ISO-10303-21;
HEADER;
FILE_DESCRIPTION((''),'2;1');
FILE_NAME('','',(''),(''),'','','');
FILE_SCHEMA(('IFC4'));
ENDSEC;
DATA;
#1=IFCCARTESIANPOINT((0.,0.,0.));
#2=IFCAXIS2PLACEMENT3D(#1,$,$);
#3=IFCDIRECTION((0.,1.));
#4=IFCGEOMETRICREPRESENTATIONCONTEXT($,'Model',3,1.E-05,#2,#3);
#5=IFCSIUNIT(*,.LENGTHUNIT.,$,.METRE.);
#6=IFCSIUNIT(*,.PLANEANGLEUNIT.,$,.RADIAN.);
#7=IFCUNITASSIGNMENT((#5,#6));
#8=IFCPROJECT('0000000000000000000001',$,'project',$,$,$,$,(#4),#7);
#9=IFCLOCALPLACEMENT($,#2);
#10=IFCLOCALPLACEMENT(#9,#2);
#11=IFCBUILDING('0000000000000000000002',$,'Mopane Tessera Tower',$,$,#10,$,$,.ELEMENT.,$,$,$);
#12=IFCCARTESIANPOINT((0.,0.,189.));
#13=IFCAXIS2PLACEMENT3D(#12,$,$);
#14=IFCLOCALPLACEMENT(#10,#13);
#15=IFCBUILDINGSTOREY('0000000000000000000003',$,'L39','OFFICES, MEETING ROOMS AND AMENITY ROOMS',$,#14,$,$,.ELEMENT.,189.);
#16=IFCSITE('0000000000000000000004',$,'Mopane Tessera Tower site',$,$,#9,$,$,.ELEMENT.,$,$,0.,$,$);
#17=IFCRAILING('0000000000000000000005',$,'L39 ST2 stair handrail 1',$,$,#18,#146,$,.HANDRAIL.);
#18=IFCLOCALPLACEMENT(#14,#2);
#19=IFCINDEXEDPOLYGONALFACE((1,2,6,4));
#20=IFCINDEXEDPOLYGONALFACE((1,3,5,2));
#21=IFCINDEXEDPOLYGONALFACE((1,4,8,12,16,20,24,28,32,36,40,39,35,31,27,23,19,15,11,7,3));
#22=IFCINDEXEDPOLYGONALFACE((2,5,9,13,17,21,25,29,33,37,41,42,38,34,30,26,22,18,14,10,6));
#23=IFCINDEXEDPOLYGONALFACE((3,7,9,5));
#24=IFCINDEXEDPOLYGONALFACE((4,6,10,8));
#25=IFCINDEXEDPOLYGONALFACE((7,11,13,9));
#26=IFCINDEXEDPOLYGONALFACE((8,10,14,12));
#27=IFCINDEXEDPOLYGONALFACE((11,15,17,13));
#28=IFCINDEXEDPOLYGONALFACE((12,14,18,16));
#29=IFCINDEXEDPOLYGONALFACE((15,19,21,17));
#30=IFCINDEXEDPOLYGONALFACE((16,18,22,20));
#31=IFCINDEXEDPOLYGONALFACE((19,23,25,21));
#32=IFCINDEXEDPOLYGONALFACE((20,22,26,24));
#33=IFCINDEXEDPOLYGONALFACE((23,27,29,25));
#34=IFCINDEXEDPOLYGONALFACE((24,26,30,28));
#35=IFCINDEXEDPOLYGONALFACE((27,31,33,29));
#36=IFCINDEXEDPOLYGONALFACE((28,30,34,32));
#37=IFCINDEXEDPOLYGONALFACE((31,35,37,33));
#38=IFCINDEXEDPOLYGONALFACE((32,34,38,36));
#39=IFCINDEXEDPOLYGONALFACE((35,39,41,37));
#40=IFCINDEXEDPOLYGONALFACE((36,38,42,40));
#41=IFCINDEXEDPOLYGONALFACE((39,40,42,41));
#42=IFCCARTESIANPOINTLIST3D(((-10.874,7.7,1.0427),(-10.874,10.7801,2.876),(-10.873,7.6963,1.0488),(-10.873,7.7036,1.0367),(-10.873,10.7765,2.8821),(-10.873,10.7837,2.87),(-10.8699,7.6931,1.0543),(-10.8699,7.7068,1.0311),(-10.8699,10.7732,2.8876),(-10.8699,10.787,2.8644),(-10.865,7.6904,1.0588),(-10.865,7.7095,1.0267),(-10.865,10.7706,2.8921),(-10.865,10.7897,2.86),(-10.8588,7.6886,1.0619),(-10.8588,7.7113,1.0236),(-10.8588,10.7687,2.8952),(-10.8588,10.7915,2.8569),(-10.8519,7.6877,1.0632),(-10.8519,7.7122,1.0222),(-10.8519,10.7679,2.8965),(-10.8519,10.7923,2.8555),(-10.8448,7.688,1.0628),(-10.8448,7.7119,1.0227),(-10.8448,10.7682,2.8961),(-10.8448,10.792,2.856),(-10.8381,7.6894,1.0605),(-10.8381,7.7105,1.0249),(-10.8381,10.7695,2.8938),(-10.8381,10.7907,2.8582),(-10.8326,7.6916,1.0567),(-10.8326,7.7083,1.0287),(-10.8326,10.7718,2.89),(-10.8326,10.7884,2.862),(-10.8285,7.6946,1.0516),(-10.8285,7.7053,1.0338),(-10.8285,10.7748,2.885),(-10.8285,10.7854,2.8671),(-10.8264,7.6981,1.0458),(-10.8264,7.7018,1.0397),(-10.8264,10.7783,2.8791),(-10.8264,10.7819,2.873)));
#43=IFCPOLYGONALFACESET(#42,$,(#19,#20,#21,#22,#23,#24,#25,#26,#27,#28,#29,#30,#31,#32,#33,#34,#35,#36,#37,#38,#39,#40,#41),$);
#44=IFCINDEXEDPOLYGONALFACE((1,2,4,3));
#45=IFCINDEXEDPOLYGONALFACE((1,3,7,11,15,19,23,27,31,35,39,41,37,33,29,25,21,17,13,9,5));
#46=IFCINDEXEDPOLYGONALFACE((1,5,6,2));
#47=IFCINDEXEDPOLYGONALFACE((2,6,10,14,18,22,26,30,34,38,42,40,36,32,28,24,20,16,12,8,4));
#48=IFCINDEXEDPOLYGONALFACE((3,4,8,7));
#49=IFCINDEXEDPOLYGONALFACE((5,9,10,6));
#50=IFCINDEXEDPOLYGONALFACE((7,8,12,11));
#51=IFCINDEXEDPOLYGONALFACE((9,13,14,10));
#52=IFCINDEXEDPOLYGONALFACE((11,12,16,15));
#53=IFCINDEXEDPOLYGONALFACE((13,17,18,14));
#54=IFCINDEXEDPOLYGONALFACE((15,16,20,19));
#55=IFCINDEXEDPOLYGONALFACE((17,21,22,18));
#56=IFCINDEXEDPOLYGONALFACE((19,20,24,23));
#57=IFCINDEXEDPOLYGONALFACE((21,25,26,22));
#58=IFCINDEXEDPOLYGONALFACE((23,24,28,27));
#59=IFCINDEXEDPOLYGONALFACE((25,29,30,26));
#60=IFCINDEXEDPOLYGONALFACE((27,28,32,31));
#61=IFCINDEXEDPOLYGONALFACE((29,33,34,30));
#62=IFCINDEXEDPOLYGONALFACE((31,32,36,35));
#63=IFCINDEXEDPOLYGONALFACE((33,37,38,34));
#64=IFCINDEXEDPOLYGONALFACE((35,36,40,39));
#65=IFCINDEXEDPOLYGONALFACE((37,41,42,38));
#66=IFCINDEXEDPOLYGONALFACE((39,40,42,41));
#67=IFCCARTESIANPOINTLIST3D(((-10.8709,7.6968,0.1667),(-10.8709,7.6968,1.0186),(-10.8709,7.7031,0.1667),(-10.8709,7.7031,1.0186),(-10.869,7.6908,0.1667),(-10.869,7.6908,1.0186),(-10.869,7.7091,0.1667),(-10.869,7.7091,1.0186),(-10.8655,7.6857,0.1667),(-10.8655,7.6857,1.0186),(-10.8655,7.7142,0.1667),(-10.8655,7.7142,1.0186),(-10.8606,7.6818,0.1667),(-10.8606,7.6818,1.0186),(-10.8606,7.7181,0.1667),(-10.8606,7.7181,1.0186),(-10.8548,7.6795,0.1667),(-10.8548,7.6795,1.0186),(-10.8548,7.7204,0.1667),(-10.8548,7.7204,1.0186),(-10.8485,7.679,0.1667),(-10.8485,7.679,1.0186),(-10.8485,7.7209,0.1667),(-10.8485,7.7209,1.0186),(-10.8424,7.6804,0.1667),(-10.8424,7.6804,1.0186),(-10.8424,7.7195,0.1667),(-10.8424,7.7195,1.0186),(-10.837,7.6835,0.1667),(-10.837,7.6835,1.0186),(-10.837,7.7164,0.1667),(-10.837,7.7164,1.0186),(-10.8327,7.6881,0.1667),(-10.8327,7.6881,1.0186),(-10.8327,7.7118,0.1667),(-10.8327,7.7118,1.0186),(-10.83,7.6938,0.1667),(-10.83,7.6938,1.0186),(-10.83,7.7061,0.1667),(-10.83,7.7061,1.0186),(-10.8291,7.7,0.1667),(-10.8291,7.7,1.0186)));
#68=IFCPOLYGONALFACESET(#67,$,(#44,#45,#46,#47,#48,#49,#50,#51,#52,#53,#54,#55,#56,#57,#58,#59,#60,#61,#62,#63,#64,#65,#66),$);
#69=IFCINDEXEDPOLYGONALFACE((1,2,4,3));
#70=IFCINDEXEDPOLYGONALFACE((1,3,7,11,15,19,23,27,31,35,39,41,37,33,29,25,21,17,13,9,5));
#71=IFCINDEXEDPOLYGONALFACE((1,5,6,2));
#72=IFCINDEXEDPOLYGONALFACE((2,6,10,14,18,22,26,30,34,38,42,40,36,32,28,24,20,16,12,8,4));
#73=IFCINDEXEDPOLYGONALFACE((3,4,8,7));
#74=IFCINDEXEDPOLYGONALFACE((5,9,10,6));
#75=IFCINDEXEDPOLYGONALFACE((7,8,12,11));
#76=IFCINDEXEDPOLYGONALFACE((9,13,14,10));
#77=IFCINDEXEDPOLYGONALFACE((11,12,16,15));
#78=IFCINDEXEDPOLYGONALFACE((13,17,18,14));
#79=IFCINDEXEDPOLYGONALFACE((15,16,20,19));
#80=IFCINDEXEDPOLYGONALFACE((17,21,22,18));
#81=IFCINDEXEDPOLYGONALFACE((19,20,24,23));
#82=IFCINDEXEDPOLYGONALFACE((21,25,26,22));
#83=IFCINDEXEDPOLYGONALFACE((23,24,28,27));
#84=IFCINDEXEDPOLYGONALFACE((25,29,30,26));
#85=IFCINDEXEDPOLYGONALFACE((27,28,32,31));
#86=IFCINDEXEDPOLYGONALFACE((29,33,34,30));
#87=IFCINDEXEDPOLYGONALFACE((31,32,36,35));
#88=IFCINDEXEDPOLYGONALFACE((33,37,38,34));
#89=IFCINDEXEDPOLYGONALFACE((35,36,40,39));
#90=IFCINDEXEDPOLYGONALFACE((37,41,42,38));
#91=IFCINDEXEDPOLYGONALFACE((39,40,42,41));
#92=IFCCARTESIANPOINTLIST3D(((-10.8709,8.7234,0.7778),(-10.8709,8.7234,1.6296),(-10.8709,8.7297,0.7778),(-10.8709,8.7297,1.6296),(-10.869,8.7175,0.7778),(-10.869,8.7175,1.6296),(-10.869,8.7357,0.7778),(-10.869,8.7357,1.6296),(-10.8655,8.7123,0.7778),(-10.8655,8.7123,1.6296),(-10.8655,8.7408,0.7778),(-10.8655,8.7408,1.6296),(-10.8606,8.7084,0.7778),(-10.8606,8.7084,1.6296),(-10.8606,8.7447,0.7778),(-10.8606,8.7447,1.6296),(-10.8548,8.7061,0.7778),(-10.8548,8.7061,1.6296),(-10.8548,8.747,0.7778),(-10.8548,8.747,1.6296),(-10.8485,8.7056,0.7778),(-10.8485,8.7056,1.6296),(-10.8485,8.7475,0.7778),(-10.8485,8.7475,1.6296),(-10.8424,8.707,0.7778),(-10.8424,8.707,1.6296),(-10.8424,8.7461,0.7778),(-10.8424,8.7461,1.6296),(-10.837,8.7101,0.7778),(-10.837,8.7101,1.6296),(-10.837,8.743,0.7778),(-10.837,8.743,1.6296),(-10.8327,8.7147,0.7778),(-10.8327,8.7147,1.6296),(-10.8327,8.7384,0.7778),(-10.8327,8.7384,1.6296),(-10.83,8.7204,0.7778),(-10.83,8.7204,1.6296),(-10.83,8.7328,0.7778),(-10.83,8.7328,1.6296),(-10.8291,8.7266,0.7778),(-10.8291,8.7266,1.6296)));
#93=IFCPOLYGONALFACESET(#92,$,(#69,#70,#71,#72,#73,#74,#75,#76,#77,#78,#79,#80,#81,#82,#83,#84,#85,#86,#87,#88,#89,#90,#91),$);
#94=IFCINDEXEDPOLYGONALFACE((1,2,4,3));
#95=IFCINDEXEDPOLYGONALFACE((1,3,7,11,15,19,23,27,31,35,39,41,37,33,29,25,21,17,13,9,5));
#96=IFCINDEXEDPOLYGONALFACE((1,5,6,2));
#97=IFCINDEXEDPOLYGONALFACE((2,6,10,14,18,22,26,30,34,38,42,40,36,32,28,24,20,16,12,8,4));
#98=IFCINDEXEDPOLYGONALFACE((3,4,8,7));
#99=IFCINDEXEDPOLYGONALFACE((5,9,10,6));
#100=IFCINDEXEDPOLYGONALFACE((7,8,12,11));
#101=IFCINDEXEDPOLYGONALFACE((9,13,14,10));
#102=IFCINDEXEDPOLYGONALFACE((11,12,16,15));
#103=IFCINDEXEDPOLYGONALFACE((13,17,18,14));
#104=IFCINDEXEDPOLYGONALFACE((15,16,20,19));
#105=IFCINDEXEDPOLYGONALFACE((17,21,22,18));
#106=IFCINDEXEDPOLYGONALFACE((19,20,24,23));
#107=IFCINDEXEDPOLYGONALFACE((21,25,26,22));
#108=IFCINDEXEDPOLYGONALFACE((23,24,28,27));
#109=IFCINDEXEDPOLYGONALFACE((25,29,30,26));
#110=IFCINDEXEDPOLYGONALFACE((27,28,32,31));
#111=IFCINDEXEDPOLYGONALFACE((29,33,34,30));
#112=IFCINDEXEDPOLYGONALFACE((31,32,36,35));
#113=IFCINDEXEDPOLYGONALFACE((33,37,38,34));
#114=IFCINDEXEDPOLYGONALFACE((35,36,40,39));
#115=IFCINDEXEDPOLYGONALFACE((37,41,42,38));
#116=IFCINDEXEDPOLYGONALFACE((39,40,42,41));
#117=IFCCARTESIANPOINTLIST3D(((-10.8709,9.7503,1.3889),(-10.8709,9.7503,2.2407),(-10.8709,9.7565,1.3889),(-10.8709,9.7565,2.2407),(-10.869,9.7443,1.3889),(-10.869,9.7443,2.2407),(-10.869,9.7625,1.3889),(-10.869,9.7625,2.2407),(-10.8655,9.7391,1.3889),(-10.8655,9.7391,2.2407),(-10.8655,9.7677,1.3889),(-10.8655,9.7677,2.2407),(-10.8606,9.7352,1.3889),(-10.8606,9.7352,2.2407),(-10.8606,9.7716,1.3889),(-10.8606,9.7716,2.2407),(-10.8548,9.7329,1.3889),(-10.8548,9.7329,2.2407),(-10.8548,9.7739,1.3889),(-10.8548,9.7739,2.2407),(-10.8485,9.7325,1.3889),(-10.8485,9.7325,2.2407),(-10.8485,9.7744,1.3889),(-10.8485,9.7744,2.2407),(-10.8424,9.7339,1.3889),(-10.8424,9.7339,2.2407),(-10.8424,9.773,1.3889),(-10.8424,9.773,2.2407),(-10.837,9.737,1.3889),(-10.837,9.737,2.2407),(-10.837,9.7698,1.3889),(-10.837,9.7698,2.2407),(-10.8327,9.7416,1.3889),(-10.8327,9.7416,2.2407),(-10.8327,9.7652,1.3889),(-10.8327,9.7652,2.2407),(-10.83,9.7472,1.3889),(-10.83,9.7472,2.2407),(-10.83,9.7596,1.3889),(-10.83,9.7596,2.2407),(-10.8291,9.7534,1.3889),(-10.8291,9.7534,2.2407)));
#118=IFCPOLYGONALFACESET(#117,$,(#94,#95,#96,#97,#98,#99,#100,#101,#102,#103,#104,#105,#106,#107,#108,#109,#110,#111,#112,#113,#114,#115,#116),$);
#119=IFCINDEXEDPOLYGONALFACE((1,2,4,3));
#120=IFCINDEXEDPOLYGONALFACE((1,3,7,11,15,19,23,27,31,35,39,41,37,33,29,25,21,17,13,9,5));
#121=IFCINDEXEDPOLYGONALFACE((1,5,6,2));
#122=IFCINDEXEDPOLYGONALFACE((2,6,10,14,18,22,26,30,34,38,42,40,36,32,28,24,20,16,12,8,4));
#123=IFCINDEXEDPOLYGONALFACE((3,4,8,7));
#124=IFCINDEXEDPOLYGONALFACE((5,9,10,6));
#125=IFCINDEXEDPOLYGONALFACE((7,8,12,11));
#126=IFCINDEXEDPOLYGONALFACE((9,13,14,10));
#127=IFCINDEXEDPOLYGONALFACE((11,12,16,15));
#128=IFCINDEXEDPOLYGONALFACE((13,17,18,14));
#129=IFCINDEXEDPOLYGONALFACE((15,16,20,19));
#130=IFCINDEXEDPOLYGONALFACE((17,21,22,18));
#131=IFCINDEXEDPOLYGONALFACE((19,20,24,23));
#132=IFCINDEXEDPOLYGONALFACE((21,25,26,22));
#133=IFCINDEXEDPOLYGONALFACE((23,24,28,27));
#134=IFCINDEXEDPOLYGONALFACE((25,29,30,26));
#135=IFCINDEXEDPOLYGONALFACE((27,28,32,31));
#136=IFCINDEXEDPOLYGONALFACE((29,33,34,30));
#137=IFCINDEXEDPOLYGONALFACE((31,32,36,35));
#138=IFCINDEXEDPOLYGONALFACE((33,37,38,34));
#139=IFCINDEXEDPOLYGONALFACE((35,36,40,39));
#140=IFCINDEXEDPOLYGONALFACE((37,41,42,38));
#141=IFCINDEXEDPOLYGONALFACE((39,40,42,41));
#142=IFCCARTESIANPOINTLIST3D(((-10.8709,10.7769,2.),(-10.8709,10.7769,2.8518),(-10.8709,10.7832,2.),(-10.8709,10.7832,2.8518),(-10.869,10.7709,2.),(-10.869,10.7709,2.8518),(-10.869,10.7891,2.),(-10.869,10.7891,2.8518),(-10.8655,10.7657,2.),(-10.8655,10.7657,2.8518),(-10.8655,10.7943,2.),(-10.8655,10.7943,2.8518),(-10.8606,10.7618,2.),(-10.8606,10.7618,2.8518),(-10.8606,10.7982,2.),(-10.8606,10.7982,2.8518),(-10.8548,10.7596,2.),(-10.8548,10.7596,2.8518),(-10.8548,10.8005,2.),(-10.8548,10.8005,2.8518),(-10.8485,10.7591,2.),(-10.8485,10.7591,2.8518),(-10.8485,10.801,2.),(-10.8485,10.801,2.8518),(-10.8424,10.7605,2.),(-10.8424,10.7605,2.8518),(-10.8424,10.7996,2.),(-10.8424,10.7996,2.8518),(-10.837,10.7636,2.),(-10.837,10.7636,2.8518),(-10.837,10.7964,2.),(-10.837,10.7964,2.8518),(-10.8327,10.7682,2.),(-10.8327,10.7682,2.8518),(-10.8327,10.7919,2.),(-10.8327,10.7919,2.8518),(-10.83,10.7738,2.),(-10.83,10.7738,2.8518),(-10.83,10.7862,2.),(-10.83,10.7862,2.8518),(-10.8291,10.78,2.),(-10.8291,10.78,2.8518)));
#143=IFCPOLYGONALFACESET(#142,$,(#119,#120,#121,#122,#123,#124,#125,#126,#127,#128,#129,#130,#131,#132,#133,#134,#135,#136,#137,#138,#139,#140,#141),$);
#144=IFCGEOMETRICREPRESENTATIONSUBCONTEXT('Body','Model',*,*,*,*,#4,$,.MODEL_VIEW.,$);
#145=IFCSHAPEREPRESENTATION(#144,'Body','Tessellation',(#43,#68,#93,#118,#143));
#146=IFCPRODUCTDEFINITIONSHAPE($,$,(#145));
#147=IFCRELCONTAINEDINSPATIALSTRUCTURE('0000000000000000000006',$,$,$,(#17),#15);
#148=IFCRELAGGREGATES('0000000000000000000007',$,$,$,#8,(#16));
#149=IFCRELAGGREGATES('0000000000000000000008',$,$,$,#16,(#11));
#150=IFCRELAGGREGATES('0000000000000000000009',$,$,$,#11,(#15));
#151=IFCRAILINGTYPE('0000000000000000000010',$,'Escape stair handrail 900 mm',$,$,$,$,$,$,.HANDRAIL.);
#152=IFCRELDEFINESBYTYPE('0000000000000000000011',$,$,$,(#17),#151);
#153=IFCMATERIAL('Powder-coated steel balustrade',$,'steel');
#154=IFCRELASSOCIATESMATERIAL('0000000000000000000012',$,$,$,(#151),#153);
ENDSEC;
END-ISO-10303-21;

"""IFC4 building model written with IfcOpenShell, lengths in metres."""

from ifc_helpers import new_model, si_unit, direction, frame, origin, origin_2d, place, context, subcontext, project, spatial, circle, extrude, material, type_object, element, save


model = new_model("IFC4")

# Units and contexts
model_context = context("Model", 3, precision=1e-05, world=origin(), true_north=direction((0.0, 1.0)))
body_context = subcontext(model_context, "Body", "Model", "MODEL_VIEW")
ifc_project = project(units=[si_unit("LENGTHUNIT", "METRE"), si_unit("PLANEANGLEUNIT", "RADIAN")], contexts=[model_context])

# Site, building, storey
site_placement = place(None, origin())
site = spatial("IfcSite", under=ifc_project, at=site_placement, Name="Mopane Tessera Tower site", CompositionType="ELEMENT", RefElevation=0.0)
building_placement = place(site_placement, origin())
building = spatial("IfcBuilding", under=site, at=building_placement, Name="Mopane Tessera Tower", CompositionType="ELEMENT")
storey_placement = place(building_placement, frame((0.0, 0.0, 189.0)))
storey = spatial("IfcBuildingStorey", under=building, at=storey_placement, Name="L39", Description="OFFICES, MEETING ROOMS AND AMENITY ROOMS", CompositionType="ELEMENT", Elevation=189.0)

# Railing
ifc_material_1 = material(Name="Powder-coated steel balustrade", Category="steel")
railing_type_1 = type_object("IfcRailingType", Name="Escape stair handrail 900 mm", PredefinedType="HANDRAIL", material=ifc_material_1)
railing_1_placement = place(storey_placement, frame((-10.8501, 7.7, 0.1667)))
element("IfcRailing", 1, at=railing_1_placement, inside=storey, type_object=railing_type_1, Name="L39 ST2 stair handrail 1", PredefinedType="HANDRAIL", context=body_context, shape_type="SweptSolid", body=[
    extrude(circle(Radius=0.0239, at=origin_2d()), frame((0.0, 0.0, 0.876), z_axis=(0.0, 0.859309, 0.511458), x_axis=(-1.0, 0.0, 0.0)), (0.0, 0.0, 1.0), 3.5845),
    extrude(circle(Radius=0.021, at=origin_2d()), origin(), (0.0, 0.0, 1.0), 0.8518),
    extrude(circle(Radius=0.021, at=origin_2d()), frame((0.0, 1.0266, 0.6111)), (0.0, 0.0, 1.0), 0.8518),
    extrude(circle(Radius=0.021, at=origin_2d()), frame((0.0, 2.0535, 1.2222)), (0.0, 0.0, 1.0), 0.8518),
    extrude(circle(Radius=0.021, at=origin_2d()), frame((0.0, 3.0801, 1.8333)), (0.0, 0.0, 1.0), 0.8518),
])

save(model, "model.ifc")
